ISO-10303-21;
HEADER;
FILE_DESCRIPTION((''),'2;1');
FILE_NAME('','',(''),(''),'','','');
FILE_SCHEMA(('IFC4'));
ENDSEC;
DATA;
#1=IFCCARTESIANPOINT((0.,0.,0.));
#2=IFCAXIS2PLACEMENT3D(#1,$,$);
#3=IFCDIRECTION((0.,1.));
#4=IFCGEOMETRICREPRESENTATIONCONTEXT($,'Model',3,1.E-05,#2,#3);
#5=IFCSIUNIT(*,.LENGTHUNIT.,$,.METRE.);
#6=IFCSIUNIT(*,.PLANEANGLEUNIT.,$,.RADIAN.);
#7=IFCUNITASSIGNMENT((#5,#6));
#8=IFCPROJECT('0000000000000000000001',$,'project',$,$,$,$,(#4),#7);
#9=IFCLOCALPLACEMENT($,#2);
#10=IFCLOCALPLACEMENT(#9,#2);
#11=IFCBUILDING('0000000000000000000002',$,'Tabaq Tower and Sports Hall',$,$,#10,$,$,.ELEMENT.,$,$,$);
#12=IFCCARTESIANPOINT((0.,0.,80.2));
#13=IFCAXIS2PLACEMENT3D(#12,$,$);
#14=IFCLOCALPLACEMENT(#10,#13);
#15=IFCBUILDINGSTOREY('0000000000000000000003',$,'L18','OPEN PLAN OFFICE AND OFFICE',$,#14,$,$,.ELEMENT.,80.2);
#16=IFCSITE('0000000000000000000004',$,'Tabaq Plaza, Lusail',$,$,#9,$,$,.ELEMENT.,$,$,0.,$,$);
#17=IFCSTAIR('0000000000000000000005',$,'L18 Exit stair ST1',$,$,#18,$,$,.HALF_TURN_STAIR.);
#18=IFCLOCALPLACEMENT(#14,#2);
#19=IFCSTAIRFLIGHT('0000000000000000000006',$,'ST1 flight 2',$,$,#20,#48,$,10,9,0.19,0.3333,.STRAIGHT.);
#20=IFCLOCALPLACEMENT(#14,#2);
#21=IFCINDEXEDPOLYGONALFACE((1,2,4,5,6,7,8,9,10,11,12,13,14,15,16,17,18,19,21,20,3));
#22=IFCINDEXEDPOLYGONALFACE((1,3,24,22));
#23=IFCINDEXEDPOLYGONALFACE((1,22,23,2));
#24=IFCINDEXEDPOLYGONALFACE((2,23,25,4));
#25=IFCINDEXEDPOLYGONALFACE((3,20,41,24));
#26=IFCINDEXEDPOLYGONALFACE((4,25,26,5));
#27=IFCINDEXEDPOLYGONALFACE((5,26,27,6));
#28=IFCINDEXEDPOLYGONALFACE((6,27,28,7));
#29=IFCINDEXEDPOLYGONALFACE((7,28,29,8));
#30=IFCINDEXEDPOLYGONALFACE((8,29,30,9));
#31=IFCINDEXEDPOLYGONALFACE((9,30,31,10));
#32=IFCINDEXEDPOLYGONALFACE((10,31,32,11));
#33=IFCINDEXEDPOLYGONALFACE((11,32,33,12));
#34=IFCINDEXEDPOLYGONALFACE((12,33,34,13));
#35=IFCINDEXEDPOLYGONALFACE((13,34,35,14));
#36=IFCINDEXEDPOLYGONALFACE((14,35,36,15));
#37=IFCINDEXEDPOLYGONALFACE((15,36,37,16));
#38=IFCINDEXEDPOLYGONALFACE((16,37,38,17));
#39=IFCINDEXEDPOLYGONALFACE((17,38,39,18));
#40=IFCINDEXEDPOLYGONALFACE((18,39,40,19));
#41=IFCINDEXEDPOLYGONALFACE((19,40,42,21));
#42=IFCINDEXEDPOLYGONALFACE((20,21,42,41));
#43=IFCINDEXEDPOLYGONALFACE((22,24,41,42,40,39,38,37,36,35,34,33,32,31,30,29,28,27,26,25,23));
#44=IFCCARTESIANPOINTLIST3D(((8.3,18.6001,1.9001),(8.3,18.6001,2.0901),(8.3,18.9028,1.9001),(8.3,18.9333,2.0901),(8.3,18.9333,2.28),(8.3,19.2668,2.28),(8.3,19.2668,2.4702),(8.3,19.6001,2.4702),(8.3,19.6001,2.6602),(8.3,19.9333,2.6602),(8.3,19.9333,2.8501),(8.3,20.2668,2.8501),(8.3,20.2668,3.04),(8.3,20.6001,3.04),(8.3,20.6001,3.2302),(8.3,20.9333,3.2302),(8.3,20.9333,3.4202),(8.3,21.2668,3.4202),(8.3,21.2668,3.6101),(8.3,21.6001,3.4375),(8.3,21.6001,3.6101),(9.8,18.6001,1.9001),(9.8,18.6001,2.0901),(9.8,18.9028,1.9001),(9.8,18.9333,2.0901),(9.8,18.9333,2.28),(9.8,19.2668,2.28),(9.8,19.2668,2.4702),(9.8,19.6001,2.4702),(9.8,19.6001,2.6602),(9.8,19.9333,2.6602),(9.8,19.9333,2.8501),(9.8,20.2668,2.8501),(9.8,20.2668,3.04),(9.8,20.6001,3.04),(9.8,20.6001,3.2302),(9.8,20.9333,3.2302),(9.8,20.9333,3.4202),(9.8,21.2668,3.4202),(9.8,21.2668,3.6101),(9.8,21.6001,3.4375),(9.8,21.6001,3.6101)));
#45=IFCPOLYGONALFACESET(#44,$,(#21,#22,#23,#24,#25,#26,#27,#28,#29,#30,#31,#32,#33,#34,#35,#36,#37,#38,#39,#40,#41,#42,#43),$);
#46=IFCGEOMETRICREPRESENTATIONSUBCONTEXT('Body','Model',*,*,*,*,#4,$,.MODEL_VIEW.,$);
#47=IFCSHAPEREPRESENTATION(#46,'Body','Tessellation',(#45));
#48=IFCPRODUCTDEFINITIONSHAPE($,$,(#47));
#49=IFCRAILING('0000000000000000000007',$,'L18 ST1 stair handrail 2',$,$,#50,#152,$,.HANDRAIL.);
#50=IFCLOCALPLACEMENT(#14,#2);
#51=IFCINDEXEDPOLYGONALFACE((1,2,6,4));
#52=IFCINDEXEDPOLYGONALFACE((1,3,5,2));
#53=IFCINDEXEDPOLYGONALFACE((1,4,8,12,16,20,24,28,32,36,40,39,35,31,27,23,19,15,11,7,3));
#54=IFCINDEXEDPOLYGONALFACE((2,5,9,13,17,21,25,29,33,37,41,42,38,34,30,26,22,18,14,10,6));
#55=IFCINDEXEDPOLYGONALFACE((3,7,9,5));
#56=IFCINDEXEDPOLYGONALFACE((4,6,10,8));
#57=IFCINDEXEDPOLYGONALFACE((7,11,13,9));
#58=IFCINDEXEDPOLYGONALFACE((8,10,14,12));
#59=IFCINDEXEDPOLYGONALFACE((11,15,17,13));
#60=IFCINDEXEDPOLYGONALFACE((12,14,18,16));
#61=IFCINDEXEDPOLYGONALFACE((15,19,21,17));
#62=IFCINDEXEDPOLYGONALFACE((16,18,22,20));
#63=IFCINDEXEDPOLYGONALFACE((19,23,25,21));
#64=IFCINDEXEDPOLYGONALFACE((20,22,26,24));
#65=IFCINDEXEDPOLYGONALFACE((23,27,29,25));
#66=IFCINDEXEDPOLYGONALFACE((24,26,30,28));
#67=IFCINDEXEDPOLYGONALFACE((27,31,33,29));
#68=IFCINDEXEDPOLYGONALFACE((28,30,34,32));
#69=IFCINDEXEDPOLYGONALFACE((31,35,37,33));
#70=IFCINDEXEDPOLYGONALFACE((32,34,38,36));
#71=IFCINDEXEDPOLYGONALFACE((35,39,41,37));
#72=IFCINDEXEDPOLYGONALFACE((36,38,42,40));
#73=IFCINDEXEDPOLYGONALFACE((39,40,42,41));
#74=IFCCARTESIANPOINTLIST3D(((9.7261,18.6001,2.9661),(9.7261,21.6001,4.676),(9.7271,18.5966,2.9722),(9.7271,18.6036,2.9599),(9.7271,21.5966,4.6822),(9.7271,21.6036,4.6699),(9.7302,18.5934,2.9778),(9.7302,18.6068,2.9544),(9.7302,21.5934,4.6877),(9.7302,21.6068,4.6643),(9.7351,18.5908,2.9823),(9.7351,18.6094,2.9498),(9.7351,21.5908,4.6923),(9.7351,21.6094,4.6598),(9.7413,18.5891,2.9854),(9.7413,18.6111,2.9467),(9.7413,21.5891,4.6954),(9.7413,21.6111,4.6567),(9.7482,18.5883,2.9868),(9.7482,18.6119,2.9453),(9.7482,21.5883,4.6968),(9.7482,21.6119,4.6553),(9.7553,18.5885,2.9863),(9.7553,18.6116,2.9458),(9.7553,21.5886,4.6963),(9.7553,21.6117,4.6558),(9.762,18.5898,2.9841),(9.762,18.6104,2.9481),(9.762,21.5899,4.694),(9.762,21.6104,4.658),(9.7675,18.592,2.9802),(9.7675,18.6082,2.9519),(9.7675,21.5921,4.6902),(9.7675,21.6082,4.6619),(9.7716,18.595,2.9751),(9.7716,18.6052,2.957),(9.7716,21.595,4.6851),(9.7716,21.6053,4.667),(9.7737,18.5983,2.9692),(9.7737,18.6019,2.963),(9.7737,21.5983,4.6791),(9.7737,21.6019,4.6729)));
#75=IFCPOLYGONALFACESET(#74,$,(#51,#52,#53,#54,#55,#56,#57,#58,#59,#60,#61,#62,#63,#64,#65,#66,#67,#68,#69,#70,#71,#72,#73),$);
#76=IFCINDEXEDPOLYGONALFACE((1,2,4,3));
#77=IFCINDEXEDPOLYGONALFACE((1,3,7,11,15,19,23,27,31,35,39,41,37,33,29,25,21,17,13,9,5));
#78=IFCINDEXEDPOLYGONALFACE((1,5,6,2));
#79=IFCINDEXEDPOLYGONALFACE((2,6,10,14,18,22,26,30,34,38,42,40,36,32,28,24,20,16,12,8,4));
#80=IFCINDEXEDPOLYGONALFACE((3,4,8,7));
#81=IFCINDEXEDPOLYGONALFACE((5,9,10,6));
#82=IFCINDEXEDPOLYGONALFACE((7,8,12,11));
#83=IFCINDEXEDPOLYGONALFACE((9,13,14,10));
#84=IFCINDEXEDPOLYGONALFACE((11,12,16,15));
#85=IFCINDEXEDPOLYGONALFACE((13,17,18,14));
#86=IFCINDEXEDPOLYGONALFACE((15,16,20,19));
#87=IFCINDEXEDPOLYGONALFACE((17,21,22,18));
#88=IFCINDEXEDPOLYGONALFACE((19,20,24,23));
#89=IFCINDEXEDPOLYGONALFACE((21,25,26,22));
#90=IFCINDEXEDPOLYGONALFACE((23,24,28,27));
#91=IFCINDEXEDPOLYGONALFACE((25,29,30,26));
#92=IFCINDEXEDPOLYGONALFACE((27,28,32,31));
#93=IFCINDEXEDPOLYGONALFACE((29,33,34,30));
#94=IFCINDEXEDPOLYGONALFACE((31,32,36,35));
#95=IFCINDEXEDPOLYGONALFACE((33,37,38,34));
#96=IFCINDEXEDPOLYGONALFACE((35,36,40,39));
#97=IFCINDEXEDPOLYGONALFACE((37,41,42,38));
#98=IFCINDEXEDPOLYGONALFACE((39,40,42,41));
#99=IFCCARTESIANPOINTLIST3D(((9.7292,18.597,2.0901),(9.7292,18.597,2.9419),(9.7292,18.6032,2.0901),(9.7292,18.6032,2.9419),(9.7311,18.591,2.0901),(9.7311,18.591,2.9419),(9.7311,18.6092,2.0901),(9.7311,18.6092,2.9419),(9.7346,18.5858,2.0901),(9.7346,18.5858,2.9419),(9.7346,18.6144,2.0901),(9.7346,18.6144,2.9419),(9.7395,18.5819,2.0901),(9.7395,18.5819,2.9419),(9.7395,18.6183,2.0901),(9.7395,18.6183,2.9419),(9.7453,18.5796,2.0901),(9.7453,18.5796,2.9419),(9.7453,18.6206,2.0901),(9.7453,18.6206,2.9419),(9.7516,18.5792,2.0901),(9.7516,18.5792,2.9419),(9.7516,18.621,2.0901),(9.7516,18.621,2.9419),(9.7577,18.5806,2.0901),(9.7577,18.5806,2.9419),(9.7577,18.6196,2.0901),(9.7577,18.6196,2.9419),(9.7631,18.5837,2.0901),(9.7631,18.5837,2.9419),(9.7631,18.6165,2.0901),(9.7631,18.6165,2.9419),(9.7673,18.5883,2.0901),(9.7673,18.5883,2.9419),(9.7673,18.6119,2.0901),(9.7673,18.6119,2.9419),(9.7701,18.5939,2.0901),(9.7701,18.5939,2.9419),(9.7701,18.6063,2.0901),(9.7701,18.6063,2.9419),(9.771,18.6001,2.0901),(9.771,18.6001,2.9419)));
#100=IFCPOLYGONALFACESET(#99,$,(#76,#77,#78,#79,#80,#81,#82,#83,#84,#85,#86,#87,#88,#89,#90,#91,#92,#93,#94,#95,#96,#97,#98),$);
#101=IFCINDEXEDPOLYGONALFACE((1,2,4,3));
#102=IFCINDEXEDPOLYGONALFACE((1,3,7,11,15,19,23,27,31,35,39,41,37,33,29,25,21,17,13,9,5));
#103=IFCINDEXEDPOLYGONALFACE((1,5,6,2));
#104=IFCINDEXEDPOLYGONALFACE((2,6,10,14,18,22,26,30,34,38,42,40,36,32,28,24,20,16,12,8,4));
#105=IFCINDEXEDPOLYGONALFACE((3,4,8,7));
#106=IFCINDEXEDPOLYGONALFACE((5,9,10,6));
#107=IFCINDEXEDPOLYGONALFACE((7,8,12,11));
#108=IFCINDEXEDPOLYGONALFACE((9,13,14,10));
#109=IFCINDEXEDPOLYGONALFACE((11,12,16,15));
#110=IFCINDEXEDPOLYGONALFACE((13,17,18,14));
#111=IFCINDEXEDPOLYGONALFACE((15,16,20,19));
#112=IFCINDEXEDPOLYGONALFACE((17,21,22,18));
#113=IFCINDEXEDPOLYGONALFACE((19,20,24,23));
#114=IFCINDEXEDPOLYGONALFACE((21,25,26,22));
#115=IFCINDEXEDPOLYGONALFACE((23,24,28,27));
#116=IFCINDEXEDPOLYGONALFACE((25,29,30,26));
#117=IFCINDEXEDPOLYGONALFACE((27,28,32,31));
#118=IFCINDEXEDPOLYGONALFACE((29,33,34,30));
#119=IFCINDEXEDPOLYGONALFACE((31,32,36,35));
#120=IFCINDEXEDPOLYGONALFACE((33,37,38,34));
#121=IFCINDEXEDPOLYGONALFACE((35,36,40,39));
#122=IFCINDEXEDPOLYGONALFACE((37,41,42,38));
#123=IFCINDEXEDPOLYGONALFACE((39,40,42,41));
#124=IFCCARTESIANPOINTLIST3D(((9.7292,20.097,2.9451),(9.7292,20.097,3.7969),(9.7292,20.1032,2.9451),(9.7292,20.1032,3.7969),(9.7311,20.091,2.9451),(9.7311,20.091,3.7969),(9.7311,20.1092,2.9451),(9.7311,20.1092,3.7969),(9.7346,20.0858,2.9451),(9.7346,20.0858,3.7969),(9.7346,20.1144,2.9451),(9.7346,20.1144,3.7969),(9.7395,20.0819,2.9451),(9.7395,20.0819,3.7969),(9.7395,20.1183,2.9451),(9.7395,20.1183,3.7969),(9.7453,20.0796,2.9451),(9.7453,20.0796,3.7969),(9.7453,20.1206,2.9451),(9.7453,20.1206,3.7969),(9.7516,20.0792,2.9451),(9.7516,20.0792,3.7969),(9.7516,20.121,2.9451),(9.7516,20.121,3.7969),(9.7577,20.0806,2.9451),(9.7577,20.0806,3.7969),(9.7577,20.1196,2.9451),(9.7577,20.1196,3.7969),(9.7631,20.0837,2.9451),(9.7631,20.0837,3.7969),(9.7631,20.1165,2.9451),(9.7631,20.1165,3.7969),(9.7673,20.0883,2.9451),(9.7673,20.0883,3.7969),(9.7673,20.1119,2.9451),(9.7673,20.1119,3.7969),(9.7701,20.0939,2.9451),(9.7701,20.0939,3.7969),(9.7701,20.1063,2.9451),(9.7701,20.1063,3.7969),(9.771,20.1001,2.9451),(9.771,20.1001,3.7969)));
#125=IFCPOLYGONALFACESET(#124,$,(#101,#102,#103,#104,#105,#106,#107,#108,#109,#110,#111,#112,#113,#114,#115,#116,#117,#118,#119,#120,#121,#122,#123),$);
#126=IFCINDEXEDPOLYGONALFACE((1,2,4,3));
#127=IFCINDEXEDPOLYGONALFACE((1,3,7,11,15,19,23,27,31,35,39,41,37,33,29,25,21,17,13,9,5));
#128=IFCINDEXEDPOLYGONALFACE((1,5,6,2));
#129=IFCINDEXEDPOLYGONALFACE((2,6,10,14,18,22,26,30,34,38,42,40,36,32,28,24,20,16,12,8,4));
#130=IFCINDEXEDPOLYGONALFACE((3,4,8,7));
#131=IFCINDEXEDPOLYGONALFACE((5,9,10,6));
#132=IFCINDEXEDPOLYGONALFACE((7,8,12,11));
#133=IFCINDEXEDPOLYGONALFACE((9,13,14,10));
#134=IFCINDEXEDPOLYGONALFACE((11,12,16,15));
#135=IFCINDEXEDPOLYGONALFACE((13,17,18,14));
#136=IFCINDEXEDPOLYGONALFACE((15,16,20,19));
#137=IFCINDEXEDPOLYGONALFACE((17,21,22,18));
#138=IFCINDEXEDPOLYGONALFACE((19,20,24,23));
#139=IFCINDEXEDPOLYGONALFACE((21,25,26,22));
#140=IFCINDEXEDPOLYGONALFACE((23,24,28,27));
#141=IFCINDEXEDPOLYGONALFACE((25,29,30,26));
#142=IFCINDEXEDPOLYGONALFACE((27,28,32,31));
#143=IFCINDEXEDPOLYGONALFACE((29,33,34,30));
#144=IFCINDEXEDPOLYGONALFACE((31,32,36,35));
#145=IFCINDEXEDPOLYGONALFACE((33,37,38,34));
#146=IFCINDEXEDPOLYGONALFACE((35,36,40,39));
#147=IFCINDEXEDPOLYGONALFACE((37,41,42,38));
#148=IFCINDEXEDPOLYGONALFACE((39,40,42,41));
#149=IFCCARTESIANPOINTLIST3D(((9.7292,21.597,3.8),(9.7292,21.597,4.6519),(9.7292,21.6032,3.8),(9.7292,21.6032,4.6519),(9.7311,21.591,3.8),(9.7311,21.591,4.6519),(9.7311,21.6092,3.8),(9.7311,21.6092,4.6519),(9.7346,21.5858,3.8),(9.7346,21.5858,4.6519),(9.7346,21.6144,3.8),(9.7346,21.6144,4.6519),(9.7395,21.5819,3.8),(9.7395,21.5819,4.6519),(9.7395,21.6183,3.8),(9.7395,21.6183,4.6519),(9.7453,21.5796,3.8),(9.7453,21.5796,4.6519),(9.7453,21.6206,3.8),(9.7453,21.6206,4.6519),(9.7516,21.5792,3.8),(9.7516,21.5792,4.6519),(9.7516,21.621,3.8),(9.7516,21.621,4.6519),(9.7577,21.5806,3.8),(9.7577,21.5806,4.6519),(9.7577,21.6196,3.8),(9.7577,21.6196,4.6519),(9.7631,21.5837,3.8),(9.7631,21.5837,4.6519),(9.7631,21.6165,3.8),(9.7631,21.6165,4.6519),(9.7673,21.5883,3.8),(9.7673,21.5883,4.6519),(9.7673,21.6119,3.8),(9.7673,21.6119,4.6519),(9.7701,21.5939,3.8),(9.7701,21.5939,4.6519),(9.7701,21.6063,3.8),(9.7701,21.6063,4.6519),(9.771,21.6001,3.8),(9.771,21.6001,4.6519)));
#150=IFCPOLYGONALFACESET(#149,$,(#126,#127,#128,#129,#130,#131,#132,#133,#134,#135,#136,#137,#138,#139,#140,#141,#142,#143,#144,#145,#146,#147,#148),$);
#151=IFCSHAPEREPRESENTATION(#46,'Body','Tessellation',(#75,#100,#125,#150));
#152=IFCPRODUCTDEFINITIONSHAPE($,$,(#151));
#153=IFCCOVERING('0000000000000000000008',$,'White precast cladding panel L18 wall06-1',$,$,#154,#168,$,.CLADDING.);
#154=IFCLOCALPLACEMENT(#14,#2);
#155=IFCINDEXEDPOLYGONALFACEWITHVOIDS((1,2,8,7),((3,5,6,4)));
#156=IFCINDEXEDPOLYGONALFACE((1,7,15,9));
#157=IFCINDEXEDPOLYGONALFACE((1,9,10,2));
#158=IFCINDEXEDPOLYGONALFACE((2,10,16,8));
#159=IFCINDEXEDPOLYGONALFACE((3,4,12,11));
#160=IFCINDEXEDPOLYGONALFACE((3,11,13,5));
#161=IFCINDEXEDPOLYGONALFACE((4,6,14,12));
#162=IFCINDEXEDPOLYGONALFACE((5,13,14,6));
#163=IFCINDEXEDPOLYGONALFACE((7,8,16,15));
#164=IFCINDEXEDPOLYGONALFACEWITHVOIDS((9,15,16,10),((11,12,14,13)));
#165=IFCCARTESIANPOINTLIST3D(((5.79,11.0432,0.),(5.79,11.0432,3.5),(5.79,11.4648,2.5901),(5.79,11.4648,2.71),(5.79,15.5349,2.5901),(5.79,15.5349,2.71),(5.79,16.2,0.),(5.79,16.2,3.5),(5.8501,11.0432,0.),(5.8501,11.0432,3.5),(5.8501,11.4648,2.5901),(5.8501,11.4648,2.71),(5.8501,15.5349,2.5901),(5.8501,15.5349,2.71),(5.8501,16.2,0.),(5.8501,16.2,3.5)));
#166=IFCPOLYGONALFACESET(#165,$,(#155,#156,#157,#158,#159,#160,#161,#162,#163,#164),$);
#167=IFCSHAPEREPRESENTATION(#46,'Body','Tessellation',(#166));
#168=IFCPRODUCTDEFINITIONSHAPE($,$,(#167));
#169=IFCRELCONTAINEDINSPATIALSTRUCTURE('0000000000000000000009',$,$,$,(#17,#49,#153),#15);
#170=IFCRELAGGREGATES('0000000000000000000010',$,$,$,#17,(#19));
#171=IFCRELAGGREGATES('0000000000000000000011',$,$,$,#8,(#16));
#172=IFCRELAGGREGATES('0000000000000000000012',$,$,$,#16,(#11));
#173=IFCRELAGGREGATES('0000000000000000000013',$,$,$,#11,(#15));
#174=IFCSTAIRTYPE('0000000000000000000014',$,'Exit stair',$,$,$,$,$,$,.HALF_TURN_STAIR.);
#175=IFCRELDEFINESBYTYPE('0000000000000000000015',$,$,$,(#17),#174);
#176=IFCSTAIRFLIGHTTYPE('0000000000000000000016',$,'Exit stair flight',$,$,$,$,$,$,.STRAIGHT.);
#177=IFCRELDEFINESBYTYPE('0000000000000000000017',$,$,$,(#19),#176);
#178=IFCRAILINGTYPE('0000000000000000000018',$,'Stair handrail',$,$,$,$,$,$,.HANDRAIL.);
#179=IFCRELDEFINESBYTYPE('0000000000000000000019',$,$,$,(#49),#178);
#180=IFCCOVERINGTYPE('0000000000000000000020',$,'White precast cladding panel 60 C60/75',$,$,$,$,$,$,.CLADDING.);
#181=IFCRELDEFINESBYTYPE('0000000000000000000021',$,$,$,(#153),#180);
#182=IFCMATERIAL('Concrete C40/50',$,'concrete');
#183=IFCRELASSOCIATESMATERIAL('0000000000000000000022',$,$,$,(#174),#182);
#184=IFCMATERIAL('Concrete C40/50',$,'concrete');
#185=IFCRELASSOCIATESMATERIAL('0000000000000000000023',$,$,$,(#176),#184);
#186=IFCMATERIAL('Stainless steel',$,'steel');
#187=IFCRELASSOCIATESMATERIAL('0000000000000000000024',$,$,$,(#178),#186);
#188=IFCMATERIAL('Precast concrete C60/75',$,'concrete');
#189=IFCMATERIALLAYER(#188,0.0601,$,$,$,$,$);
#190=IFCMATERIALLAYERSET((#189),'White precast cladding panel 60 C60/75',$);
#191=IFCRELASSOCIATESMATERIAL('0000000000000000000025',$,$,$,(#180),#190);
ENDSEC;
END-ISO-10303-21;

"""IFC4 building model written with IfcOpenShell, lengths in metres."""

from ifc_helpers import new_model, si_unit, direction, frame, origin, origin_2d, place, context, subcontext, project, spatial, polyline, circle, outline, extrude, material, layer, layer_set, type_object, element, aggregate, save


model = new_model("IFC4")

# Units and contexts
model_context = context("Model", 3, precision=1e-05, world=origin(), true_north=direction((0.0, 1.0)))
body_context = subcontext(model_context, "Body", "Model", "MODEL_VIEW")
ifc_project = project(units=[si_unit("LENGTHUNIT", "METRE"), si_unit("PLANEANGLEUNIT", "RADIAN")], contexts=[model_context])

# Site, building, storey
site_placement = place(None, origin())
site = spatial("IfcSite", under=ifc_project, at=site_placement, Name="Tabaq Plaza, Lusail", CompositionType="ELEMENT", RefElevation=0.0)
building_placement = place(site_placement, origin())
building = spatial("IfcBuilding", under=site, at=building_placement, Name="Tabaq Tower and Sports Hall", CompositionType="ELEMENT")
storey_placement = place(building_placement, frame((0.0, 0.0, 80.2)))
storey = spatial("IfcBuildingStorey", under=building, at=storey_placement, Name="L18", Description="OPEN PLAN OFFICE AND OFFICE", CompositionType="ELEMENT", Elevation=80.2)

# Stair, stair flight
ifc_material_1 = material(Name="Concrete C40/50", Category="concrete")
stair_type = type_object("IfcStairType", Name="Exit stair", PredefinedType="HALF_TURN_STAIR", material=ifc_material_1)
stair_placement = place(storey_placement, origin())
stair = element("IfcStair", 1, at=stair_placement, inside=storey, type_object=stair_type, Name="L18 Exit stair ST1", PredefinedType="HALF_TURN_STAIR")
ifc_material_2 = material(Name="Concrete C40/50", Category="concrete")
stair_flight_type = type_object("IfcStairFlightType", Name="Exit stair flight", PredefinedType="STRAIGHT", material=ifc_material_2)
stair_flight_placement = place(storey_placement, frame((9.05, 18.6001, 1.9001), z_axis=(0.0, 0.0, 1.0), x_axis=(0.0, 1.0, 0.0)))
stair_flight = element("IfcStairFlight", 2, at=stair_flight_placement, type_object=stair_flight_type, Name="ST1 flight 2", NumberOfRisers=10, NumberOfTreads=9, PredefinedType="STRAIGHT", RiserHeight=0.19, TreadLength=0.3333, context=body_context, shape_type="SweptSolid", body=[
    extrude(outline(polyline([(0.0, 0.0), (0.0, 0.1899), (0.3333, 0.1899), (0.3333, 0.3799), (0.6667, 0.3799), (0.6667, 0.5701), (1.0, 0.5701), (1.0, 0.76), (1.3333, 0.76), (1.3333, 0.95), (1.6667, 0.95), (1.6667, 1.1399), (2.0, 1.1399), (2.0, 1.3301), (2.3333, 1.3301), (2.3333, 1.52), (2.6667, 1.52), (2.6667, 1.71), (3.0, 1.71), (3.0, 1.8999), (3.0, 1.5374), (0.3027, 0.0), (0.0, 0.0)])), frame((0.0, 0.75, 0.0), z_axis=(0.0, -1.0, 0.0), x_axis=(1.0, 0.0, 0.0)), (0.0, 0.0, 1.0), 1.5),
])
aggregate(stair, [stair_flight])

# Railing
ifc_material_3 = material(Name="Stainless steel", Category="steel")
railing_type = type_object("IfcRailingType", Name="Stair handrail", PredefinedType="HANDRAIL", material=ifc_material_3)
railing_placement = place(storey_placement, frame((9.75, 18.6001, 2.0901)))
element("IfcRailing", 3, at=railing_placement, inside=storey, type_object=railing_type, Name="L18 ST1 stair handrail 2", PredefinedType="HANDRAIL", context=body_context, shape_type="SweptSolid", body=[
    extrude(circle(Radius=0.0239, at=origin_2d()), frame((0.0, 0.0, 0.876), z_axis=(0.0, 0.868782, 0.495195), x_axis=(-1.0, 0.0, 0.0)), (0.0, 0.0, 1.0), 3.4531),
    extrude(circle(Radius=0.021, at=origin_2d()), origin(), (0.0, 0.0, 1.0), 0.8518),
    extrude(circle(Radius=0.021, at=origin_2d()), frame((0.0, 1.5, 0.855)), (0.0, 0.0, 1.0), 0.8518),
    extrude(circle(Radius=0.021, at=origin_2d()), frame((0.0, 3.0, 1.71)), (0.0, 0.0, 1.0), 0.8518),
])

# Covering
ifc_material_4 = material(Name="Precast concrete C60/75", Category="concrete")
ifc_layer_1 = layer(ifc_material_4, 0.0601)
ifc_layer_set_1 = layer_set([ifc_layer_1], Name="White precast cladding panel 60 C60/75")
covering_type = type_object("IfcCoveringType", Name="White precast cladding panel 60 C60/75", PredefinedType="CLADDING", material=ifc_layer_set_1)
covering_placement = place(storey_placement, frame((5.8201, 16.2, 0.0), z_axis=(0.0, 0.0, 1.0), x_axis=(0.0, -1.0, 0.0)))
element("IfcCovering", 4, at=covering_placement, inside=storey, type_object=covering_type, Name="White precast cladding panel L18 wall06-1", PredefinedType="CLADDING", context=body_context, shape_type="SweptSolid", body=[
    extrude(outline(polyline([(0.0, 0.0), (5.1567, 0.0), (5.1567, 3.5), (0.0, 3.5), (0.0, 0.0)]), holes=[polyline([(0.665, 2.5901), (0.665, 2.71), (4.7351, 2.71), (4.7351, 2.5901), (0.665, 2.5901)])]), frame((0.0, 0.03, 0.0), z_axis=(0.0, -1.0, 0.0), x_axis=(1.0, 0.0, 0.0)), (0.0, 0.0, 1.0), 0.0601),
])

save(model, "model.ifc")
